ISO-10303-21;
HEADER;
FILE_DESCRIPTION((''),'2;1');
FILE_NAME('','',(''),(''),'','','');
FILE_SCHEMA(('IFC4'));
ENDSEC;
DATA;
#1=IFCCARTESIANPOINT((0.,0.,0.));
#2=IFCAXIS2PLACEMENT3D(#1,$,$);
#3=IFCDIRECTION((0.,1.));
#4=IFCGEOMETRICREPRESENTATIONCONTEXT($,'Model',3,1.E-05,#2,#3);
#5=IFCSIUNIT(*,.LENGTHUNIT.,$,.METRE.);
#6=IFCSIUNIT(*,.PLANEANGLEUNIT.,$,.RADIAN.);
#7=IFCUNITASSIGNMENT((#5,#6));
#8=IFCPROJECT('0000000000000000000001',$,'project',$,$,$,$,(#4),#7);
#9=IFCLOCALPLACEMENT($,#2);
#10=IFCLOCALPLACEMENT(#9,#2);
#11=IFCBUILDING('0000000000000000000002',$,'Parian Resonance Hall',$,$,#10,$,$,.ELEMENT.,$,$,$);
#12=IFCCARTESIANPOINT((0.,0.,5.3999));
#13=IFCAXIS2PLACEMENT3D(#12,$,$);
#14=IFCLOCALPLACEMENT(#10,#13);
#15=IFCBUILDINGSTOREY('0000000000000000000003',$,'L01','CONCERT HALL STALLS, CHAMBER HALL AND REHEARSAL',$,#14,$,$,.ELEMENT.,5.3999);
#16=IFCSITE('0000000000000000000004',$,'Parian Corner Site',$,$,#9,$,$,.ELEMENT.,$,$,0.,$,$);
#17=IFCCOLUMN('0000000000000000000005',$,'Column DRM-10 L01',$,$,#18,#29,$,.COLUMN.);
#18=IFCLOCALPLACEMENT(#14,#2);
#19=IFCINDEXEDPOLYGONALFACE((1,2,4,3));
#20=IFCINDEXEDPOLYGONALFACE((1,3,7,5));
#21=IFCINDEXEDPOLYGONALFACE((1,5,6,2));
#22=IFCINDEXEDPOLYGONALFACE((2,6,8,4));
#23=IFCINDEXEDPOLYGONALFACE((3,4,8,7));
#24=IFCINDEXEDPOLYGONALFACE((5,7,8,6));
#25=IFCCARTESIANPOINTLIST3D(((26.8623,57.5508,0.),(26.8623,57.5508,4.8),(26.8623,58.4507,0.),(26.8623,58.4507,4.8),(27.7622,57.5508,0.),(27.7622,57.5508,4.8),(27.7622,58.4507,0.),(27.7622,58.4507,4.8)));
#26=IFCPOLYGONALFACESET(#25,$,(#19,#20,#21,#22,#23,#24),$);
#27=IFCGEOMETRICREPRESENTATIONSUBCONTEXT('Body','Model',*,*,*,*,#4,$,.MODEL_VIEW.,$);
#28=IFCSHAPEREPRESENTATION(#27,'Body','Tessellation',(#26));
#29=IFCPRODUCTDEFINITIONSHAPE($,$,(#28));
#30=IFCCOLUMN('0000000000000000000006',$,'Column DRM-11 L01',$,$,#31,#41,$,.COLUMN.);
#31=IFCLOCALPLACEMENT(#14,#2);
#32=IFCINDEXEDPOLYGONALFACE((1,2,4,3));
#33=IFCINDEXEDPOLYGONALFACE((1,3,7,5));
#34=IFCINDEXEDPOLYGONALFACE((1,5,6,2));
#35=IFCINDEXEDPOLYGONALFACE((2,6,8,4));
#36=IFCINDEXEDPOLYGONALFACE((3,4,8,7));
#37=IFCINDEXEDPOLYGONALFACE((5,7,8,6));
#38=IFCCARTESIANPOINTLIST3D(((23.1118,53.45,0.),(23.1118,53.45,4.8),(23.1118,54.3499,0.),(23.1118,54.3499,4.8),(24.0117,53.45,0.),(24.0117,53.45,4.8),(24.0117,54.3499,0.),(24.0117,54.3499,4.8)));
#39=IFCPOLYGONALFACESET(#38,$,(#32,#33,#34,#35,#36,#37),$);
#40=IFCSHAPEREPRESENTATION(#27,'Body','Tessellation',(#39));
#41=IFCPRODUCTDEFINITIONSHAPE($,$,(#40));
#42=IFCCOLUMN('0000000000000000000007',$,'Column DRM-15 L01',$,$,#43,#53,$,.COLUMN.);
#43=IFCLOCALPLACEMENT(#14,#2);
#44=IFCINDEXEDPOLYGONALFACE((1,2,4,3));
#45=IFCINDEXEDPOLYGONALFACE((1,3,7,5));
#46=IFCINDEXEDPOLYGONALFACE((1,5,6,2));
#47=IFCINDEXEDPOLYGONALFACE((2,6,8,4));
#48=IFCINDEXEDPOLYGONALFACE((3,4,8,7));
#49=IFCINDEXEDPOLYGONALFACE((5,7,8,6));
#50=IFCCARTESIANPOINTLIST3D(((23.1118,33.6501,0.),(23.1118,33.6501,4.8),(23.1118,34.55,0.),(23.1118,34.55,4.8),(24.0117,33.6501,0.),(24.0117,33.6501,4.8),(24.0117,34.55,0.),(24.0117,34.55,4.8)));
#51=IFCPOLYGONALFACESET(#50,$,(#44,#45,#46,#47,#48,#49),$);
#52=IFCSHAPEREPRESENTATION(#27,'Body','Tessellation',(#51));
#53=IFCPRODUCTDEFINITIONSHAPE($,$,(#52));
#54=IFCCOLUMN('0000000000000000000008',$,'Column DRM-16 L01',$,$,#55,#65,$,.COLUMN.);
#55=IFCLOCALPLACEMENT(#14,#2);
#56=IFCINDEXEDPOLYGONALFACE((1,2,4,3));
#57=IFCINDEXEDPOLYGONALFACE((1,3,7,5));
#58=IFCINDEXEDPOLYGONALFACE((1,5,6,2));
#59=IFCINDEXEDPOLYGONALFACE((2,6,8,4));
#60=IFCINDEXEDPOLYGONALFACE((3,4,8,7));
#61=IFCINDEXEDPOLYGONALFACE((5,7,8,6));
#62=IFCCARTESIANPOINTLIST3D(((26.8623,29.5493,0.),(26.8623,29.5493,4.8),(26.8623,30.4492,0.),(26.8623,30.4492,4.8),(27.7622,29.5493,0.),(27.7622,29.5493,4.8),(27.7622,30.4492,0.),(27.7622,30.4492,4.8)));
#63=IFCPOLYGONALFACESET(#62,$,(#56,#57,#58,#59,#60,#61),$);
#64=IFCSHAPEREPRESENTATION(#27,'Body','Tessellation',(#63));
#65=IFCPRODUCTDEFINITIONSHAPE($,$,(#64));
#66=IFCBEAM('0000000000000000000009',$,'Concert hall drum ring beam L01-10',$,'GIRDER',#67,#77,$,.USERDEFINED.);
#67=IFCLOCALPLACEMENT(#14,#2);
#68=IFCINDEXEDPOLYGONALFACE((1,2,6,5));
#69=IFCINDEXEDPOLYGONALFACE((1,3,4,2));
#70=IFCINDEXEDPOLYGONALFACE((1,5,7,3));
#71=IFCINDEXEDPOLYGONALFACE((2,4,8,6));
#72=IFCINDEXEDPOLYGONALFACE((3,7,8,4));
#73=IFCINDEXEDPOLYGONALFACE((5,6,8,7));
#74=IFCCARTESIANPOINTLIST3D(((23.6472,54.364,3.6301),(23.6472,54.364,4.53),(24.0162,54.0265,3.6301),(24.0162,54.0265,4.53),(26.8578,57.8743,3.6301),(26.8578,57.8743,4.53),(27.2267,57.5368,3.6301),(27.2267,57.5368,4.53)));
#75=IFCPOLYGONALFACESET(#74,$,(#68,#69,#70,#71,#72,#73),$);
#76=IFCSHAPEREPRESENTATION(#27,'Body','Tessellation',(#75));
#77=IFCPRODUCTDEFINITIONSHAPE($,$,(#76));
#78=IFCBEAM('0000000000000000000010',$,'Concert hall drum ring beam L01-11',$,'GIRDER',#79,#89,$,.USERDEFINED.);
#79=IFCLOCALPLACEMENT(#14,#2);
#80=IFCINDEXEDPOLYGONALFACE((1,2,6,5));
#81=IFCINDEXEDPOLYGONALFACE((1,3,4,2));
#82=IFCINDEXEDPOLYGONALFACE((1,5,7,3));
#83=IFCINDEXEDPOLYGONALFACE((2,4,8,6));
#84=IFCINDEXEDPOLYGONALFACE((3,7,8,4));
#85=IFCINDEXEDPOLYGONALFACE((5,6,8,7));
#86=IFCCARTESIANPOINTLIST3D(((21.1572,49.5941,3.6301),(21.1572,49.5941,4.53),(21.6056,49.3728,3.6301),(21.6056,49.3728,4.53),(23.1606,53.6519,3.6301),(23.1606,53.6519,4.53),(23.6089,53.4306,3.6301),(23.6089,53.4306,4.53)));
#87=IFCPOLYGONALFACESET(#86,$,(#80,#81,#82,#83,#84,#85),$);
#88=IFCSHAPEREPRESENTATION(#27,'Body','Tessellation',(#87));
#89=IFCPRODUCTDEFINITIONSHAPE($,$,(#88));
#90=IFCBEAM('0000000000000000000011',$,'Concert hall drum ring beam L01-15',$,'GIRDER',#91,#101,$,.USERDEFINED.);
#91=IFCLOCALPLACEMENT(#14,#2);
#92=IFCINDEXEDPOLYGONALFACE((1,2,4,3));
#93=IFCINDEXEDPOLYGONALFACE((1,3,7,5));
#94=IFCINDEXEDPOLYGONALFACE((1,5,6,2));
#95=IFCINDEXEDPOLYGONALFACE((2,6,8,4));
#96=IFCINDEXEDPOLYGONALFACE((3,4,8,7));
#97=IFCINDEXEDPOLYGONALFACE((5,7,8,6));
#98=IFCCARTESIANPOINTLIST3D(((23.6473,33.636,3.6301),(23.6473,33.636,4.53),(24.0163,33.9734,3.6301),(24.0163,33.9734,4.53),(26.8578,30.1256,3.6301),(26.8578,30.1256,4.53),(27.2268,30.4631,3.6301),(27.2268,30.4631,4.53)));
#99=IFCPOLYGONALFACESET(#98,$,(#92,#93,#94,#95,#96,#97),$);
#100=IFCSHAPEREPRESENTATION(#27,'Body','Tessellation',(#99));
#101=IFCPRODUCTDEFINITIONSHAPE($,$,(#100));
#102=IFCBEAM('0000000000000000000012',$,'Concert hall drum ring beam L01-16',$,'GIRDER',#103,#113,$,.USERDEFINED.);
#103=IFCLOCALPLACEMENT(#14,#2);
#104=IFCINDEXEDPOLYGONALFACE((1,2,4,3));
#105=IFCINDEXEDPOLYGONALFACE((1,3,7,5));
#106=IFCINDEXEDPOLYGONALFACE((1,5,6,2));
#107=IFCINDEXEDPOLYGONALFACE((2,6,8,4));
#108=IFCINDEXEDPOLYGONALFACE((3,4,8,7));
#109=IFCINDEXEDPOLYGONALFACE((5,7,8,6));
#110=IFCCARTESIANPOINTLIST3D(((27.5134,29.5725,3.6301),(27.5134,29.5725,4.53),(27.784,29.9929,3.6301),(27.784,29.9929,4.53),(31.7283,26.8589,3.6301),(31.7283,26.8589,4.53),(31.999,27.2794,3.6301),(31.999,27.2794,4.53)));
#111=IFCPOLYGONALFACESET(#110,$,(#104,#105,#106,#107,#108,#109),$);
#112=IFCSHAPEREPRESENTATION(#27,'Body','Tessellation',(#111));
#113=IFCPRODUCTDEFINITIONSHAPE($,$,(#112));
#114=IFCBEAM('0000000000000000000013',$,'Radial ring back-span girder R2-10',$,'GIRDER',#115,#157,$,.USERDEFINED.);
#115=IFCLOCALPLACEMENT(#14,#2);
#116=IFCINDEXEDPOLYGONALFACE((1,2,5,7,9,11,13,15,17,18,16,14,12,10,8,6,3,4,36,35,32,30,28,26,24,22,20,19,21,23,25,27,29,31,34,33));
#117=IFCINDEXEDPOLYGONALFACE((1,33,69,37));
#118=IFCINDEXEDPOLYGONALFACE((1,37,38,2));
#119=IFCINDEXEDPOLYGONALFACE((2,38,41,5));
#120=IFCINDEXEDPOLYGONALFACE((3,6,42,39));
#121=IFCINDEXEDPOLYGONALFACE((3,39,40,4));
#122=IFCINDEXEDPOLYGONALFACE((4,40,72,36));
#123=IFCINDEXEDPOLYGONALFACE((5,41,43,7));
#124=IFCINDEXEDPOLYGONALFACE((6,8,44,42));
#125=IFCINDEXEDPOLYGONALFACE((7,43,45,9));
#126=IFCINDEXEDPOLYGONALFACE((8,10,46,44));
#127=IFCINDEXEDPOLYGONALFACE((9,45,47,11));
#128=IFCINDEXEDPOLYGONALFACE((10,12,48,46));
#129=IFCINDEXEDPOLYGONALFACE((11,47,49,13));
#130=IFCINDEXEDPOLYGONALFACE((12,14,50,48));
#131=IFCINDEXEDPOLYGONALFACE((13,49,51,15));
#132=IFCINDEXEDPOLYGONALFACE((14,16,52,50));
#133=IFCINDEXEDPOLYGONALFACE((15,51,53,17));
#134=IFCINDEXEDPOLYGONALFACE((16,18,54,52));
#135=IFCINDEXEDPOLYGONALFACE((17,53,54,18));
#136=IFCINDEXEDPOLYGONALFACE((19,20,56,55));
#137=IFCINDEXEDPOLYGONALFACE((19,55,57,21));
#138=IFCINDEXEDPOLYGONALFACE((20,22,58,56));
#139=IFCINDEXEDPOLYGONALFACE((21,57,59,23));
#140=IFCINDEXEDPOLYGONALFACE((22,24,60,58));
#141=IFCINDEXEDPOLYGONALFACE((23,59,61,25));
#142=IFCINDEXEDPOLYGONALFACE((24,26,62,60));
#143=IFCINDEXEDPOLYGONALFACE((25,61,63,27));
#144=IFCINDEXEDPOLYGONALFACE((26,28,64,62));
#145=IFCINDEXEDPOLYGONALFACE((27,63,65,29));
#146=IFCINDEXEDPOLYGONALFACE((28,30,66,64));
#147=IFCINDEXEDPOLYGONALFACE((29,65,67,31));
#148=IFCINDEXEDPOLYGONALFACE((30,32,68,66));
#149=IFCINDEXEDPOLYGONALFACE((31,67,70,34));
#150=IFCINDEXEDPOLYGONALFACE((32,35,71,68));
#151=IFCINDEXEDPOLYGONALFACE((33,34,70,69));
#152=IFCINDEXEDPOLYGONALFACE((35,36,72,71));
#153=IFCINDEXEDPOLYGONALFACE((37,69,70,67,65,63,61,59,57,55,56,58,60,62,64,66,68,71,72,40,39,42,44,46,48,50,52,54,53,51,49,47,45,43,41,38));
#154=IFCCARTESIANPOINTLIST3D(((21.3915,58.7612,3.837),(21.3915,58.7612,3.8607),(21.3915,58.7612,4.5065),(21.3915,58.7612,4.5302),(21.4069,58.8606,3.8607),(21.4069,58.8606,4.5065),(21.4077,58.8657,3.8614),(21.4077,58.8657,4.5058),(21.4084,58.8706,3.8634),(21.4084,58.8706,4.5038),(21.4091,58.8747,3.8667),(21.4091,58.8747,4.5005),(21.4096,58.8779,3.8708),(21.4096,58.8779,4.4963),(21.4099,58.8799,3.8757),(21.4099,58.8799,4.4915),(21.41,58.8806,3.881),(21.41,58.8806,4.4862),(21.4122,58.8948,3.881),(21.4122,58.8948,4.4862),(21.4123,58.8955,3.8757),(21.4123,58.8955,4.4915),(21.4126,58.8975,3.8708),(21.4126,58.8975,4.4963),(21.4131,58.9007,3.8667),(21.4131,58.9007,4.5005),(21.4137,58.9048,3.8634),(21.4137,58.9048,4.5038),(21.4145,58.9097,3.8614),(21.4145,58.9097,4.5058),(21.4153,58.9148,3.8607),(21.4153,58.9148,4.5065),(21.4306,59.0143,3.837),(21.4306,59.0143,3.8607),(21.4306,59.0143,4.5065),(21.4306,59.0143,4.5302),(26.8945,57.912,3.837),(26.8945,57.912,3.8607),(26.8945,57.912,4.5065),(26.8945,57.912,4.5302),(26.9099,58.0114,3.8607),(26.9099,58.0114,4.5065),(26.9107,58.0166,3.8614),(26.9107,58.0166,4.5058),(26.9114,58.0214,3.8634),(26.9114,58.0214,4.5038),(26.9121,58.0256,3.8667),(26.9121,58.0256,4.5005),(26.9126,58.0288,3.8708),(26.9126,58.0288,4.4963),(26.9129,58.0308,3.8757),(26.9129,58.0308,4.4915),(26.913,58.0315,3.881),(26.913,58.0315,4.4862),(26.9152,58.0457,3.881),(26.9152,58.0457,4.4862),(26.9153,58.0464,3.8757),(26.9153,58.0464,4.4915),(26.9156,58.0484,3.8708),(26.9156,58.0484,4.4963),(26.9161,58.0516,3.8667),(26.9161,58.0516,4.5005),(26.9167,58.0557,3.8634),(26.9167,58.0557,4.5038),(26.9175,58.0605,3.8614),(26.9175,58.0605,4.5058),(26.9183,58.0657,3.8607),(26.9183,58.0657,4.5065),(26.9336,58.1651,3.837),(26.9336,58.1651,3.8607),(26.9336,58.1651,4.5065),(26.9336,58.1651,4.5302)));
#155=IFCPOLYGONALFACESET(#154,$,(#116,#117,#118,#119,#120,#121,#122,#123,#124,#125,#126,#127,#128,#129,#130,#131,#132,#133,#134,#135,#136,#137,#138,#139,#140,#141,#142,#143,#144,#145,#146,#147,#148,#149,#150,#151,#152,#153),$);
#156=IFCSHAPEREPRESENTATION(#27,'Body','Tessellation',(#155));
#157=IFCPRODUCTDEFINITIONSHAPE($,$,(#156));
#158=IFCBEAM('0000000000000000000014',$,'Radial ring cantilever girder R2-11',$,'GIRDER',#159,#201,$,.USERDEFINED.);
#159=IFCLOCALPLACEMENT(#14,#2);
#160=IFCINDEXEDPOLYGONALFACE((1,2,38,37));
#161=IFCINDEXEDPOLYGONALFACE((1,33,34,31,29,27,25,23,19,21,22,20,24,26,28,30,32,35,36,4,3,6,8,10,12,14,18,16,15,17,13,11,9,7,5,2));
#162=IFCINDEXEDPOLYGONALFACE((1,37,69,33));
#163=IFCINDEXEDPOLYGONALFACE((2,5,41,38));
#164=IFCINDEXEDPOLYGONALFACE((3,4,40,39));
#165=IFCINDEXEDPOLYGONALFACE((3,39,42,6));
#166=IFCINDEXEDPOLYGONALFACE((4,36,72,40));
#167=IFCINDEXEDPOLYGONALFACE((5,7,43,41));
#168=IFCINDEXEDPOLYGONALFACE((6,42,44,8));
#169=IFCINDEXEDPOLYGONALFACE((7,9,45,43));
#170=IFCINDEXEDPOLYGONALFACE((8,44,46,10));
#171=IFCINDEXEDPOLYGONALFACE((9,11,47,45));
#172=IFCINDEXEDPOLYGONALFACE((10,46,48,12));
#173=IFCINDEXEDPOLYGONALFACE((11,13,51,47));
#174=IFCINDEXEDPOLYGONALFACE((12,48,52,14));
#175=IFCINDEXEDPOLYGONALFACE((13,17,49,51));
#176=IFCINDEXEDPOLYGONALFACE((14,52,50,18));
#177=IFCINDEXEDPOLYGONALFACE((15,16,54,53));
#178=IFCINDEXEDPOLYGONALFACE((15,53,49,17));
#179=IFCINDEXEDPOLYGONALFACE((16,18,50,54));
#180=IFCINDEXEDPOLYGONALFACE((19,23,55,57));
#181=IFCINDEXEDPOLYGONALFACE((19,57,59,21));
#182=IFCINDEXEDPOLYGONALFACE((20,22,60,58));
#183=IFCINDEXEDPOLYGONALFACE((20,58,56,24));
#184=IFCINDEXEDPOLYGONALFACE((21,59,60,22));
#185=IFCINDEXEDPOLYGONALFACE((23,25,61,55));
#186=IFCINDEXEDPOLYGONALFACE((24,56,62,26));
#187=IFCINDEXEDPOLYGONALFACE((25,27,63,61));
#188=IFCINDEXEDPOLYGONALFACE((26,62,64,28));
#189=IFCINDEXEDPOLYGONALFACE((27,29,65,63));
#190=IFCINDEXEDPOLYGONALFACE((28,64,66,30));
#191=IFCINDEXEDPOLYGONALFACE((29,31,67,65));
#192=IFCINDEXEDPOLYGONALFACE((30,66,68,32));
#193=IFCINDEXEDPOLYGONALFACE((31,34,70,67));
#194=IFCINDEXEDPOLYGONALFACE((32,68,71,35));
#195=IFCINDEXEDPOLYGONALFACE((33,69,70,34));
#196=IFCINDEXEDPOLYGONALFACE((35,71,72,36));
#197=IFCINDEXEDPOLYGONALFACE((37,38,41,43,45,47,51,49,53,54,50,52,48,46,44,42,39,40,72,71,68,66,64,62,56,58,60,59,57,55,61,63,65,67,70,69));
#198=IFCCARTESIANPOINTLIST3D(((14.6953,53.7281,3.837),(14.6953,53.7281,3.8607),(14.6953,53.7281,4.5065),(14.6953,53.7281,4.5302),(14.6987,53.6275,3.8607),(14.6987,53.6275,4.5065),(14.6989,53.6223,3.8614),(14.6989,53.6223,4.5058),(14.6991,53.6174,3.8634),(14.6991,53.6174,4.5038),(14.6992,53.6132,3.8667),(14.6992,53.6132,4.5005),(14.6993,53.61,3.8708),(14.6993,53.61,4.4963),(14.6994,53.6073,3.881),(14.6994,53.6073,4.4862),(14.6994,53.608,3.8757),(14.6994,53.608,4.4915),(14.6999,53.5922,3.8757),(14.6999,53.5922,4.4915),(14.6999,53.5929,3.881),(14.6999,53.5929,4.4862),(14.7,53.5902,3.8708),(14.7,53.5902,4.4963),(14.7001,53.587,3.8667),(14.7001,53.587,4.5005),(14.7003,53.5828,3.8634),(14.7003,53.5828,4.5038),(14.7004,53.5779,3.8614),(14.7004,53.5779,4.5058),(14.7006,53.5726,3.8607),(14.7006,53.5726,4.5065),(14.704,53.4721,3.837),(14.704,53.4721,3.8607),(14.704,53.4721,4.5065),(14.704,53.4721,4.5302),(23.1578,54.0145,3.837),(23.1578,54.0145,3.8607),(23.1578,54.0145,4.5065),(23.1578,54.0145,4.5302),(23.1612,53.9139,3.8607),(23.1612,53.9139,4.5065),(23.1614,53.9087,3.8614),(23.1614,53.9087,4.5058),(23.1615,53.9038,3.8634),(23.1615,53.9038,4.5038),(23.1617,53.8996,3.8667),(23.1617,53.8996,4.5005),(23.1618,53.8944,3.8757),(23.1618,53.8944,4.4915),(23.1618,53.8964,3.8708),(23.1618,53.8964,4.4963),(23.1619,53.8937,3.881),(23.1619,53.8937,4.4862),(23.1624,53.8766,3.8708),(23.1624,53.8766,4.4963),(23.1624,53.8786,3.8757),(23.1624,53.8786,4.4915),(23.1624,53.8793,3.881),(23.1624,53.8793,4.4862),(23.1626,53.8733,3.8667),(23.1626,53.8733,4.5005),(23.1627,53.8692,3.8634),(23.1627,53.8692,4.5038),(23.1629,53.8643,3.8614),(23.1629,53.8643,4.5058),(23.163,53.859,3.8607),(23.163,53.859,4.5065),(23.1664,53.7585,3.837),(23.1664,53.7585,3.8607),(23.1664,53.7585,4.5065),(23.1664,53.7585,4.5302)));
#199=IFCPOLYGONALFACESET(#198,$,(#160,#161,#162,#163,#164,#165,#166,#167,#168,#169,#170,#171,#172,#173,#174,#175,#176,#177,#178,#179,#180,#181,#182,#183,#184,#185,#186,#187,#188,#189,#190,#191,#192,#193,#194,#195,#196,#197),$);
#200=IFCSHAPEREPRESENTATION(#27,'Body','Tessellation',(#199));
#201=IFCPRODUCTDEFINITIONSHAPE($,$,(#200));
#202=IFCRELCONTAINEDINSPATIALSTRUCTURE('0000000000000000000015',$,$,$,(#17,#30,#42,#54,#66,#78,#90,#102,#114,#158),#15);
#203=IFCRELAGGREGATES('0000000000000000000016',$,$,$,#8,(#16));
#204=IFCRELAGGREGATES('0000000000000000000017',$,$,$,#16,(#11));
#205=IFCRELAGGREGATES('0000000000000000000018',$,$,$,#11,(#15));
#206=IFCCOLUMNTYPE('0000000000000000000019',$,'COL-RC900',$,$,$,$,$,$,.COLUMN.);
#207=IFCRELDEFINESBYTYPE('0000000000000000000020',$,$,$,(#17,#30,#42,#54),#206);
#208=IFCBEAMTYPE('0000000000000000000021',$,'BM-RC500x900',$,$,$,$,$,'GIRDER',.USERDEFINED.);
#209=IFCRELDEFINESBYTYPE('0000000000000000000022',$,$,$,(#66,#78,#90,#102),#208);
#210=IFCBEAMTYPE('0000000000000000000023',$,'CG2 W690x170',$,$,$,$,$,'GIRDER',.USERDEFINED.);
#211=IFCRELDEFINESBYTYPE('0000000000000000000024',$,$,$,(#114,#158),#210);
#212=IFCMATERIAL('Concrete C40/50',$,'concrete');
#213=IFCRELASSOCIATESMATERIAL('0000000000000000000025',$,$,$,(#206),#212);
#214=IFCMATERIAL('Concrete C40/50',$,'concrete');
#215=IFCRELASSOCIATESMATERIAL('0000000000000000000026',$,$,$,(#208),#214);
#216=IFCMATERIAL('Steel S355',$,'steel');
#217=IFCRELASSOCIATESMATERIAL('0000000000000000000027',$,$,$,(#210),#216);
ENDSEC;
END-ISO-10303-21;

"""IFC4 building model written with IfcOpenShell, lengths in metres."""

from ifc_helpers import new_model, si_unit, direction, frame, origin, origin_2d, place, context, subcontext, project, spatial, rectangle, i_section, extrude, material, material_profile, profile_set, type_object, element, save


model = new_model("IFC4")

# Units and contexts
model_context = context("Model", 3, precision=1e-05, world=origin(), true_north=direction((0.0, 1.0)))
body_context = subcontext(model_context, "Body", "Model", "MODEL_VIEW")
ifc_project = project(units=[si_unit("LENGTHUNIT", "METRE"), si_unit("PLANEANGLEUNIT", "RADIAN")], contexts=[model_context])

# Site, building, storey
site_placement = place(None, origin())
site = spatial("IfcSite", under=ifc_project, at=site_placement, Name="Parian Corner Site", CompositionType="ELEMENT", RefElevation=0.0)
building_placement = place(site_placement, origin())
building = spatial("IfcBuilding", under=site, at=building_placement, Name="Parian Resonance Hall", CompositionType="ELEMENT")
storey_placement = place(building_placement, frame((0.0, 0.0, 5.3999)))
storey = spatial("IfcBuildingStorey", under=building, at=storey_placement, Name="L01", Description="CONCERT HALL STALLS, CHAMBER HALL AND REHEARSAL", CompositionType="ELEMENT", Elevation=5.3999)

# Columns
ifc_material_1 = material(Name="Concrete C40/50", Category="concrete")
ifc_material_profile_1 = material_profile(ifc_material_1, rectangle(XDim=0.8999, YDim=0.8999, at=origin_2d()), Name="RC-COL-900x900")
ifc_profile_set_1 = profile_set([ifc_material_profile_1], Name="Concrete C40/50")
column_type = type_object("IfcColumnType", Name="COL-RC900", PredefinedType="COLUMN", material=ifc_profile_set_1)
for number, where, z_axis, x_axis, name in (
    (1, (27.3123, 58.0007, 0.0), (0.0, 0.0, 1.0), (1.0, 0.0, 0.0), "Column DRM-10 L01"),
    (2, (23.5618, 53.8999, 0.0), (0.0, 0.0, 1.0), (1.0, 0.0, 0.0), "Column DRM-11 L01"),
    (3, (23.5618, 34.1001, 0.0), (0.0, 0.0, 1.0), (1.0, 0.0, 0.0), "Column DRM-15 L01"),
    (4, (27.3123, 29.9993, 0.0), (0.0, 0.0, 1.0), (1.0, 0.0, 0.0), "Column DRM-16 L01"),
):
    element("IfcColumn", number, at=place(storey_placement, frame(where, z_axis=z_axis, x_axis=x_axis)), inside=storey, type_object=column_type, Name=name, PredefinedType="COLUMN", context=body_context, shape_type="SweptSolid", body=[
        extrude(rectangle(XDim=0.8999, YDim=0.8999, at=origin_2d()), origin(), (0.0, 0.0, 1.0), 4.8),
    ])

# Beams
ifc_material_2 = material(Name="Concrete C40/50", Category="concrete")
ifc_material_profile_2 = material_profile(ifc_material_2, rectangle(XDim=0.5, YDim=0.8999, at=origin_2d()), Name="RC-BM-500x900")
ifc_profile_set_2 = profile_set([ifc_material_profile_2], Name="Concrete C40/50")
beam_type_1 = type_object("IfcBeamType", Name="BM-RC500x900", ElementType="GIRDER", PredefinedType="USERDEFINED", material=ifc_profile_set_2)
beam_1_placement = place(storey_placement, frame((27.0422, 57.7056, 4.0801), z_axis=(-0.674892, -0.737916, 0.0), x_axis=(0.737916, -0.674892, 0.0)))
element("IfcBeam", 5, at=beam_1_placement, inside=storey, type_object=beam_type_1, Name="Concert hall drum ring beam L01-10", ObjectType="GIRDER", PredefinedType="USERDEFINED", context=body_context, shape_type="SweptSolid", body=[
    extrude(rectangle(XDim=0.5, YDim=0.8999, at=origin_2d()), origin(), (0.0, 0.0, 1.0), 4.7571),
])
beam_2_placement = place(storey_placement, frame((23.3848, 53.5413, 4.0801), z_axis=(-0.442698, -0.896671, 0.0), x_axis=(0.896671, -0.442698, 0.0)))
element("IfcBeam", 6, at=beam_2_placement, inside=storey, type_object=beam_type_1, Name="Concert hall drum ring beam L01-11", ObjectType="GIRDER", PredefinedType="USERDEFINED", context=body_context, shape_type="SweptSolid", body=[
    extrude(rectangle(XDim=0.5, YDim=0.8999, at=origin_2d()), origin(), (0.0, 0.0, 1.0), 4.5254),
])
beam_3_placement = place(storey_placement, frame((23.8318, 33.8047, 4.0801), z_axis=(0.674892, -0.737916, 0.0), x_axis=(0.737916, 0.674892, 0.0)))
element("IfcBeam", 7, at=beam_3_placement, inside=storey, type_object=beam_type_1, Name="Concert hall drum ring beam L01-15", ObjectType="GIRDER", PredefinedType="USERDEFINED", context=body_context, shape_type="SweptSolid", body=[
    extrude(rectangle(XDim=0.5, YDim=0.8999, at=origin_2d()), origin(), (0.0, 0.0, 1.0), 4.7571),
])
beam_4_placement = place(storey_placement, frame((27.6487, 29.7827, 4.0801), z_axis=(0.840822, -0.541311, 0.0), x_axis=(0.541311, 0.840822, 0.0)))
element("IfcBeam", 8, at=beam_4_placement, inside=storey, type_object=beam_type_1, Name="Concert hall drum ring beam L01-16", ObjectType="GIRDER", PredefinedType="USERDEFINED", context=body_context, shape_type="SweptSolid", body=[
    extrude(rectangle(XDim=0.5, YDim=0.8999, at=origin_2d()), origin(), (0.0, 0.0, 1.0), 5.0129),
])
ifc_material_3 = material(Name="Steel S355", Category="steel")
ifc_material_profile_3 = material_profile(ifc_material_3, i_section(OverallWidth=0.2561, OverallDepth=0.6931, WebThickness=0.0144, FlangeThickness=0.0237, FilletRadius=0.0203, at=origin_2d()), Name="W690x170")
ifc_profile_set_3 = profile_set([ifc_material_profile_3], Name="Steel S355")
beam_type_2 = type_object("IfcBeamType", Name="CG2 W690x170", ElementType="GIRDER", PredefinedType="USERDEFINED", material=ifc_profile_set_3)
beam_5_placement = place(storey_placement, frame((26.9141, 58.0386, 4.1836), z_axis=(-0.988304, 0.152499, 0.0), x_axis=(-0.152499, -0.988304, 0.0)))
element("IfcBeam", 9, at=beam_5_placement, inside=storey, type_object=beam_type_2, Name="Radial ring back-span girder R2-10", ObjectType="GIRDER", PredefinedType="USERDEFINED", context=body_context, shape_type="SweptSolid", body=[
    extrude(i_section(OverallWidth=0.2561, OverallDepth=0.6931, WebThickness=0.0144, FlangeThickness=0.0237, FilletRadius=0.0203, at=origin_2d()), origin(), (0.0, 0.0, 1.0), 5.5681),
])
beam_6_placement = place(storey_placement, frame((23.1621, 53.8865, 4.1836), z_axis=(-0.999428, -0.033822, 0.0), x_axis=(0.033822, -0.999428, 0.0)))
element("IfcBeam", 10, at=beam_6_placement, inside=storey, type_object=beam_type_2, Name="Radial ring cantilever girder R2-11", ObjectType="GIRDER", PredefinedType="USERDEFINED", context=body_context, shape_type="SweptSolid", body=[
    extrude(i_section(OverallWidth=0.2561, OverallDepth=0.6931, WebThickness=0.0144, FlangeThickness=0.0237, FilletRadius=0.0203, at=origin_2d()), origin(), (0.0, 0.0, 1.0), 8.4673),
])

save(model, "model.ifc")
